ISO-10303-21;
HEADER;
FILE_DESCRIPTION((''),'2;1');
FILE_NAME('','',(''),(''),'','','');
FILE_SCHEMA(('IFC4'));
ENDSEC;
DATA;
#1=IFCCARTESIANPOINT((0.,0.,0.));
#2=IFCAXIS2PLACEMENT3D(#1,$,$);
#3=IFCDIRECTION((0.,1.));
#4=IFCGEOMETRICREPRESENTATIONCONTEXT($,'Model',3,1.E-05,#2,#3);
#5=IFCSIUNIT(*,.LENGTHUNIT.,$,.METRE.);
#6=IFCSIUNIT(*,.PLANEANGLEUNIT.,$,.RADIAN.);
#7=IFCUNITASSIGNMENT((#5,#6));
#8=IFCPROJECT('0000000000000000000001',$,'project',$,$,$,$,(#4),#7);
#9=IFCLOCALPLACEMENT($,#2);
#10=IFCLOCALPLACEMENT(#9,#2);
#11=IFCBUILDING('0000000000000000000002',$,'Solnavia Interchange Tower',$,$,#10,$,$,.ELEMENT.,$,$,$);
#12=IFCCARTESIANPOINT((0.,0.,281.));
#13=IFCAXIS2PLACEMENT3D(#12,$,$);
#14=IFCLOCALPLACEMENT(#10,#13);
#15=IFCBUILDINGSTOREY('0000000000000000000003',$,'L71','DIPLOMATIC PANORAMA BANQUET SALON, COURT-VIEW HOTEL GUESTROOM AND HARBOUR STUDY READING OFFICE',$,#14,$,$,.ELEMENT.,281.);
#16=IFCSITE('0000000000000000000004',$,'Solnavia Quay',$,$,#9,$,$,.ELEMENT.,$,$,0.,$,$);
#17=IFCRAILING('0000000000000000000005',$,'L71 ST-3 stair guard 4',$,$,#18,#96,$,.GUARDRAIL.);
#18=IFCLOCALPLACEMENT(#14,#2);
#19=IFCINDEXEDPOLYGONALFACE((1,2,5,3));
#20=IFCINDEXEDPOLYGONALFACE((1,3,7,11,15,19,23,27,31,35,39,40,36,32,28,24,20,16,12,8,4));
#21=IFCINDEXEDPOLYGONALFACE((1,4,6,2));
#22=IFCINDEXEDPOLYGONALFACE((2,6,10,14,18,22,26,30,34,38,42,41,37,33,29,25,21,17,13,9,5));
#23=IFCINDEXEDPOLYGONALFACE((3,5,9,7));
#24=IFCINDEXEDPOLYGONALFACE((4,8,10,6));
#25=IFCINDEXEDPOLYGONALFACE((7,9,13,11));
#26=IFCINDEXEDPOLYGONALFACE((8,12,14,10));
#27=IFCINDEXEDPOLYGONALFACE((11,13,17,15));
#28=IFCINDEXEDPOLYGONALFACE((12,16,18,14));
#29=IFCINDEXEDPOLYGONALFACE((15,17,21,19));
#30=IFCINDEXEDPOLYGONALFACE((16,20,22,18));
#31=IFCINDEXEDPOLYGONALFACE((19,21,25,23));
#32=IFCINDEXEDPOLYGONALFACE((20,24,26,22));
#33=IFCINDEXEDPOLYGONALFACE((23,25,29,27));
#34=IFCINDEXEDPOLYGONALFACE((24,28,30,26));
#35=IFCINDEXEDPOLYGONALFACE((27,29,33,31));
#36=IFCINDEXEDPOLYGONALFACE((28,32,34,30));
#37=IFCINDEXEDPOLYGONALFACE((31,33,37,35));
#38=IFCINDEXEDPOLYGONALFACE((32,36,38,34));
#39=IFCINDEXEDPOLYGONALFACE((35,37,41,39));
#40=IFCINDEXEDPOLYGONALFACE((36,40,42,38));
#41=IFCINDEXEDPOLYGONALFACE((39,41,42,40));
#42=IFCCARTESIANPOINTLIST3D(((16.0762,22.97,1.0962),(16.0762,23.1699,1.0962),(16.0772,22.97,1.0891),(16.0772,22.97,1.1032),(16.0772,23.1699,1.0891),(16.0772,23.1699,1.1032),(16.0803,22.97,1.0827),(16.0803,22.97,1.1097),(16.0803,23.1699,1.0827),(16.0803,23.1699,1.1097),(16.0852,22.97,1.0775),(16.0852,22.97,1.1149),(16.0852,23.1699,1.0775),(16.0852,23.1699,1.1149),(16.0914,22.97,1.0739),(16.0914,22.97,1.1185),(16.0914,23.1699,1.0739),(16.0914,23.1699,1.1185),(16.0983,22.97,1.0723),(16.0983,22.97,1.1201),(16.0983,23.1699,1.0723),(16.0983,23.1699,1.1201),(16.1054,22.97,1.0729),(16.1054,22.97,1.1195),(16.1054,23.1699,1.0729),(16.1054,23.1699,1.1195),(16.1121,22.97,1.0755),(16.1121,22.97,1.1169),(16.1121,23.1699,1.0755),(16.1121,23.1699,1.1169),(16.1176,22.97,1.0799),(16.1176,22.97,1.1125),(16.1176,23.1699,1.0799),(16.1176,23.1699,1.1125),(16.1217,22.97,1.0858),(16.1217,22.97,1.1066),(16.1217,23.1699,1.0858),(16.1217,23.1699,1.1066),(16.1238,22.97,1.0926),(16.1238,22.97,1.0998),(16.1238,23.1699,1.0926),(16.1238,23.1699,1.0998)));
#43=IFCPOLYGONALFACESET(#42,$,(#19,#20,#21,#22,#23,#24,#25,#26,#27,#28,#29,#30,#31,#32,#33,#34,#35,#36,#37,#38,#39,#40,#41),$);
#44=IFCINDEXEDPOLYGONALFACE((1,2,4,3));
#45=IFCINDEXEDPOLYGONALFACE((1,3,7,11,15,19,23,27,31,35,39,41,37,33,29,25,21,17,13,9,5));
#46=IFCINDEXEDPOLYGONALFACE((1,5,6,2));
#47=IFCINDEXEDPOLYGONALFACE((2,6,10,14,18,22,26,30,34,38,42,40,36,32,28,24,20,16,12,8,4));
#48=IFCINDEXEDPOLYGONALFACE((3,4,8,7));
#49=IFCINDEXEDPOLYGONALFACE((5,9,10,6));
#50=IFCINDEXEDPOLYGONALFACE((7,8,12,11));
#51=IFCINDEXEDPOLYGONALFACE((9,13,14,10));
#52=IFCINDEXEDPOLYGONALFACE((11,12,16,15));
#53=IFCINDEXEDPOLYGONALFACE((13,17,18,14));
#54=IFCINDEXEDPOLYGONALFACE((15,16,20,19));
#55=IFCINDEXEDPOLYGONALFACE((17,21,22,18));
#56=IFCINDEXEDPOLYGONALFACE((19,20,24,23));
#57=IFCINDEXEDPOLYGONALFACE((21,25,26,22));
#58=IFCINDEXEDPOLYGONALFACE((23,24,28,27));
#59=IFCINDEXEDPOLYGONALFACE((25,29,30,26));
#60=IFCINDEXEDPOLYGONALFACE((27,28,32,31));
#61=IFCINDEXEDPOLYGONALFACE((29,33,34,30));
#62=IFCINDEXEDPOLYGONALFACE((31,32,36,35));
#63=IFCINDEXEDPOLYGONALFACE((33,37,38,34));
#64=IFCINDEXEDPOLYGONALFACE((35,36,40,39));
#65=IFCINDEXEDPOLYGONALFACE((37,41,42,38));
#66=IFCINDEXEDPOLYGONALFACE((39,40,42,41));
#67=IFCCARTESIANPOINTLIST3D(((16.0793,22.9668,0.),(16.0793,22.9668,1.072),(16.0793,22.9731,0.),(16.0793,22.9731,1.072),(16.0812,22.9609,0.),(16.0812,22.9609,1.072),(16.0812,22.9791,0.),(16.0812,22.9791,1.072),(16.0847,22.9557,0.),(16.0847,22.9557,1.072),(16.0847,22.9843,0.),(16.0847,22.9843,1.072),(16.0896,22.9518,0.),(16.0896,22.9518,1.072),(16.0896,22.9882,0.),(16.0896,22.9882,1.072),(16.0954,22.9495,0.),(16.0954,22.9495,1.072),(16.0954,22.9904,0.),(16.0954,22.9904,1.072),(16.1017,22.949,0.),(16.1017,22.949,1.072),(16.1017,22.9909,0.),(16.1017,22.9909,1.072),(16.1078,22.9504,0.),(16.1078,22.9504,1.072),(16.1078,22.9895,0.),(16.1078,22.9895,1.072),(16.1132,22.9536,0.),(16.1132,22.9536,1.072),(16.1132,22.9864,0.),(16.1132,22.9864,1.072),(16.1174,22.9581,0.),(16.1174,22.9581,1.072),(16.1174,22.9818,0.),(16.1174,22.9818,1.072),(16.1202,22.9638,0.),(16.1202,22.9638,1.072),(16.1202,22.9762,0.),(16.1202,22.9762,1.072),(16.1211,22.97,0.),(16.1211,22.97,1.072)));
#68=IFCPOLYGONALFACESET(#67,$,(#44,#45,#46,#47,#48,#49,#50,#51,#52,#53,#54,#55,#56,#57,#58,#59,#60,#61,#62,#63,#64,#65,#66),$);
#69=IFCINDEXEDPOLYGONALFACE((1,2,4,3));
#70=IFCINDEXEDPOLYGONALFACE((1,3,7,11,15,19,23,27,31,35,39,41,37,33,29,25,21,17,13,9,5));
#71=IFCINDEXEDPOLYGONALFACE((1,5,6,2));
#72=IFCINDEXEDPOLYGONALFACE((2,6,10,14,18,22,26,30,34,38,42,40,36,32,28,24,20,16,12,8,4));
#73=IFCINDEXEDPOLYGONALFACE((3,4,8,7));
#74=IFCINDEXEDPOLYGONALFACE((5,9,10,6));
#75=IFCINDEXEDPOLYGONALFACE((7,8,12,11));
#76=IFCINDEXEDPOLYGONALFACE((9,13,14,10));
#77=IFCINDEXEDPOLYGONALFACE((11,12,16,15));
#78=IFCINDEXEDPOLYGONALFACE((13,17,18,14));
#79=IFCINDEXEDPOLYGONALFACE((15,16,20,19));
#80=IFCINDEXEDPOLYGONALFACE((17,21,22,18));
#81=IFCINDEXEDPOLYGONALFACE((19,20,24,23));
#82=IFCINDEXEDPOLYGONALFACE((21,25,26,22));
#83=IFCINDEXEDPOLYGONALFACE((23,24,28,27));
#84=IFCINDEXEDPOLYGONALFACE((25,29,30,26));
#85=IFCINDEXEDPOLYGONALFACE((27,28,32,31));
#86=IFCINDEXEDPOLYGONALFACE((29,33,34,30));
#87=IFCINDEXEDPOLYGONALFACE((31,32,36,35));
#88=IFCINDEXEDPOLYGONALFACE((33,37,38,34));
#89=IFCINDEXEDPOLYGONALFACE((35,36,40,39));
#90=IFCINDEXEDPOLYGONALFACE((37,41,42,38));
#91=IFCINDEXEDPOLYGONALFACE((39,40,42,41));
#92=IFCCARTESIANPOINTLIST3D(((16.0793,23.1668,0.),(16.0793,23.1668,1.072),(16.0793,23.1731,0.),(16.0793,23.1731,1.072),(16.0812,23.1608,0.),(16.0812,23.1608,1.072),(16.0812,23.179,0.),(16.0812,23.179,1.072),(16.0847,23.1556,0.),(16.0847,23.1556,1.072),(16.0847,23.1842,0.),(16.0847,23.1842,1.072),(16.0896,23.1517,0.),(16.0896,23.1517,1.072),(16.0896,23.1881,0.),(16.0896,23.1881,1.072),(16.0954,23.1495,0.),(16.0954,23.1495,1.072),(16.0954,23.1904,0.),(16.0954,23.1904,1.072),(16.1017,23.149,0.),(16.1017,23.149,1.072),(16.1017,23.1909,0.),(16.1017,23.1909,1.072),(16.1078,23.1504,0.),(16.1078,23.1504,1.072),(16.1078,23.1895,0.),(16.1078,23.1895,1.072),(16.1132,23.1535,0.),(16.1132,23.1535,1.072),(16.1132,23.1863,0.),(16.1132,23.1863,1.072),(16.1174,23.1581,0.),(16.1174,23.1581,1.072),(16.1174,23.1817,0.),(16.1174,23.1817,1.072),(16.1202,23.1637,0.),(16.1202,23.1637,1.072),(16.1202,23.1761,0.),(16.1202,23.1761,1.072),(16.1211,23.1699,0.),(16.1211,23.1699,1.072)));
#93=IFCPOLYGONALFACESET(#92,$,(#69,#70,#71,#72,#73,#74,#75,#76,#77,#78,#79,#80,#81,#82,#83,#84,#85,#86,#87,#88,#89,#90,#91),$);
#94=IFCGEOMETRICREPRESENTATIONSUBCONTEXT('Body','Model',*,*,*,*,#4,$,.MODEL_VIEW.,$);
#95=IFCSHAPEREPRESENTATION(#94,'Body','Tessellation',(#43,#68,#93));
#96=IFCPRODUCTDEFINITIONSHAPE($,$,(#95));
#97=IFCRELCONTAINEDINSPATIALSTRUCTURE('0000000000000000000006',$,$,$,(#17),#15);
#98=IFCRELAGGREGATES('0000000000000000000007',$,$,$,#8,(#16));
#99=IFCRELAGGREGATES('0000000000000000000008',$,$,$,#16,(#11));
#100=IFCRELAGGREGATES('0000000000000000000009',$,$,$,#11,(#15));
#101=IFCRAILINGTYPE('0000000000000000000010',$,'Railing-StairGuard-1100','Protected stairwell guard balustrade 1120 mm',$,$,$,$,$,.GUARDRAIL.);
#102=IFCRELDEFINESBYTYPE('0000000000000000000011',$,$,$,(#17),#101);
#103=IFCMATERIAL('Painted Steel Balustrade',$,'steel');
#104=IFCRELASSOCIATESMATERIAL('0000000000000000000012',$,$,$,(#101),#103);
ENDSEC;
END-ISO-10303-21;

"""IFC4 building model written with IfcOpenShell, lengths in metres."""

from ifc_helpers import new_model, si_unit, direction, frame, origin, origin_2d, place, context, subcontext, project, spatial, circle, extrude, material, type_object, element, save


model = new_model("IFC4")

# Units and contexts
model_context = context("Model", 3, precision=1e-05, world=origin(), true_north=direction((0.0, 1.0)))
body_context = subcontext(model_context, "Body", "Model", "MODEL_VIEW")
ifc_project = project(units=[si_unit("LENGTHUNIT", "METRE"), si_unit("PLANEANGLEUNIT", "RADIAN")], contexts=[model_context])

# Site, building, storey
site_placement = place(None, origin())
site = spatial("IfcSite", under=ifc_project, at=site_placement, Name="Solnavia Quay", CompositionType="ELEMENT", RefElevation=0.0)
building_placement = place(site_placement, origin())
building = spatial("IfcBuilding", under=site, at=building_placement, Name="Solnavia Interchange Tower", CompositionType="ELEMENT")
storey_placement = place(building_placement, frame((0.0, 0.0, 281.0)))
storey = spatial("IfcBuildingStorey", under=building, at=storey_placement, Name="L71", Description="DIPLOMATIC PANORAMA BANQUET SALON, COURT-VIEW HOTEL GUESTROOM AND HARBOUR STUDY READING OFFICE", CompositionType="ELEMENT", Elevation=281.0)

# Railing
ifc_material_1 = material(Name="Painted Steel Balustrade", Category="steel")
railing_type_1 = type_object("IfcRailingType", Name="Railing-StairGuard-1100", Description="Protected stairwell guard balustrade 1120 mm", PredefinedType="GUARDRAIL", material=ifc_material_1)
railing_1_placement = place(storey_placement, frame((16.1001, 22.97, 0.0)))
element("IfcRailing", 1, at=railing_1_placement, inside=storey, type_object=railing_type_1, Name="L71 ST-3 stair guard 4", PredefinedType="GUARDRAIL", context=body_context, shape_type="SweptSolid", body=[
    extrude(circle(Radius=0.0239, at=origin_2d()), frame((0.0, 0.0, 1.0962), z_axis=(0.0, 1.0, 0.0), x_axis=(-1.0, 0.0, 0.0)), (0.0, 0.0, 1.0), 0.2),
    extrude(circle(Radius=0.021, at=origin_2d()), origin(), (0.0, 0.0, 1.0), 1.072),
    extrude(circle(Radius=0.021, at=origin_2d()), frame((0.0, 0.2, 0.0)), (0.0, 0.0, 1.0), 1.072),
])

save(model, "model.ifc")
